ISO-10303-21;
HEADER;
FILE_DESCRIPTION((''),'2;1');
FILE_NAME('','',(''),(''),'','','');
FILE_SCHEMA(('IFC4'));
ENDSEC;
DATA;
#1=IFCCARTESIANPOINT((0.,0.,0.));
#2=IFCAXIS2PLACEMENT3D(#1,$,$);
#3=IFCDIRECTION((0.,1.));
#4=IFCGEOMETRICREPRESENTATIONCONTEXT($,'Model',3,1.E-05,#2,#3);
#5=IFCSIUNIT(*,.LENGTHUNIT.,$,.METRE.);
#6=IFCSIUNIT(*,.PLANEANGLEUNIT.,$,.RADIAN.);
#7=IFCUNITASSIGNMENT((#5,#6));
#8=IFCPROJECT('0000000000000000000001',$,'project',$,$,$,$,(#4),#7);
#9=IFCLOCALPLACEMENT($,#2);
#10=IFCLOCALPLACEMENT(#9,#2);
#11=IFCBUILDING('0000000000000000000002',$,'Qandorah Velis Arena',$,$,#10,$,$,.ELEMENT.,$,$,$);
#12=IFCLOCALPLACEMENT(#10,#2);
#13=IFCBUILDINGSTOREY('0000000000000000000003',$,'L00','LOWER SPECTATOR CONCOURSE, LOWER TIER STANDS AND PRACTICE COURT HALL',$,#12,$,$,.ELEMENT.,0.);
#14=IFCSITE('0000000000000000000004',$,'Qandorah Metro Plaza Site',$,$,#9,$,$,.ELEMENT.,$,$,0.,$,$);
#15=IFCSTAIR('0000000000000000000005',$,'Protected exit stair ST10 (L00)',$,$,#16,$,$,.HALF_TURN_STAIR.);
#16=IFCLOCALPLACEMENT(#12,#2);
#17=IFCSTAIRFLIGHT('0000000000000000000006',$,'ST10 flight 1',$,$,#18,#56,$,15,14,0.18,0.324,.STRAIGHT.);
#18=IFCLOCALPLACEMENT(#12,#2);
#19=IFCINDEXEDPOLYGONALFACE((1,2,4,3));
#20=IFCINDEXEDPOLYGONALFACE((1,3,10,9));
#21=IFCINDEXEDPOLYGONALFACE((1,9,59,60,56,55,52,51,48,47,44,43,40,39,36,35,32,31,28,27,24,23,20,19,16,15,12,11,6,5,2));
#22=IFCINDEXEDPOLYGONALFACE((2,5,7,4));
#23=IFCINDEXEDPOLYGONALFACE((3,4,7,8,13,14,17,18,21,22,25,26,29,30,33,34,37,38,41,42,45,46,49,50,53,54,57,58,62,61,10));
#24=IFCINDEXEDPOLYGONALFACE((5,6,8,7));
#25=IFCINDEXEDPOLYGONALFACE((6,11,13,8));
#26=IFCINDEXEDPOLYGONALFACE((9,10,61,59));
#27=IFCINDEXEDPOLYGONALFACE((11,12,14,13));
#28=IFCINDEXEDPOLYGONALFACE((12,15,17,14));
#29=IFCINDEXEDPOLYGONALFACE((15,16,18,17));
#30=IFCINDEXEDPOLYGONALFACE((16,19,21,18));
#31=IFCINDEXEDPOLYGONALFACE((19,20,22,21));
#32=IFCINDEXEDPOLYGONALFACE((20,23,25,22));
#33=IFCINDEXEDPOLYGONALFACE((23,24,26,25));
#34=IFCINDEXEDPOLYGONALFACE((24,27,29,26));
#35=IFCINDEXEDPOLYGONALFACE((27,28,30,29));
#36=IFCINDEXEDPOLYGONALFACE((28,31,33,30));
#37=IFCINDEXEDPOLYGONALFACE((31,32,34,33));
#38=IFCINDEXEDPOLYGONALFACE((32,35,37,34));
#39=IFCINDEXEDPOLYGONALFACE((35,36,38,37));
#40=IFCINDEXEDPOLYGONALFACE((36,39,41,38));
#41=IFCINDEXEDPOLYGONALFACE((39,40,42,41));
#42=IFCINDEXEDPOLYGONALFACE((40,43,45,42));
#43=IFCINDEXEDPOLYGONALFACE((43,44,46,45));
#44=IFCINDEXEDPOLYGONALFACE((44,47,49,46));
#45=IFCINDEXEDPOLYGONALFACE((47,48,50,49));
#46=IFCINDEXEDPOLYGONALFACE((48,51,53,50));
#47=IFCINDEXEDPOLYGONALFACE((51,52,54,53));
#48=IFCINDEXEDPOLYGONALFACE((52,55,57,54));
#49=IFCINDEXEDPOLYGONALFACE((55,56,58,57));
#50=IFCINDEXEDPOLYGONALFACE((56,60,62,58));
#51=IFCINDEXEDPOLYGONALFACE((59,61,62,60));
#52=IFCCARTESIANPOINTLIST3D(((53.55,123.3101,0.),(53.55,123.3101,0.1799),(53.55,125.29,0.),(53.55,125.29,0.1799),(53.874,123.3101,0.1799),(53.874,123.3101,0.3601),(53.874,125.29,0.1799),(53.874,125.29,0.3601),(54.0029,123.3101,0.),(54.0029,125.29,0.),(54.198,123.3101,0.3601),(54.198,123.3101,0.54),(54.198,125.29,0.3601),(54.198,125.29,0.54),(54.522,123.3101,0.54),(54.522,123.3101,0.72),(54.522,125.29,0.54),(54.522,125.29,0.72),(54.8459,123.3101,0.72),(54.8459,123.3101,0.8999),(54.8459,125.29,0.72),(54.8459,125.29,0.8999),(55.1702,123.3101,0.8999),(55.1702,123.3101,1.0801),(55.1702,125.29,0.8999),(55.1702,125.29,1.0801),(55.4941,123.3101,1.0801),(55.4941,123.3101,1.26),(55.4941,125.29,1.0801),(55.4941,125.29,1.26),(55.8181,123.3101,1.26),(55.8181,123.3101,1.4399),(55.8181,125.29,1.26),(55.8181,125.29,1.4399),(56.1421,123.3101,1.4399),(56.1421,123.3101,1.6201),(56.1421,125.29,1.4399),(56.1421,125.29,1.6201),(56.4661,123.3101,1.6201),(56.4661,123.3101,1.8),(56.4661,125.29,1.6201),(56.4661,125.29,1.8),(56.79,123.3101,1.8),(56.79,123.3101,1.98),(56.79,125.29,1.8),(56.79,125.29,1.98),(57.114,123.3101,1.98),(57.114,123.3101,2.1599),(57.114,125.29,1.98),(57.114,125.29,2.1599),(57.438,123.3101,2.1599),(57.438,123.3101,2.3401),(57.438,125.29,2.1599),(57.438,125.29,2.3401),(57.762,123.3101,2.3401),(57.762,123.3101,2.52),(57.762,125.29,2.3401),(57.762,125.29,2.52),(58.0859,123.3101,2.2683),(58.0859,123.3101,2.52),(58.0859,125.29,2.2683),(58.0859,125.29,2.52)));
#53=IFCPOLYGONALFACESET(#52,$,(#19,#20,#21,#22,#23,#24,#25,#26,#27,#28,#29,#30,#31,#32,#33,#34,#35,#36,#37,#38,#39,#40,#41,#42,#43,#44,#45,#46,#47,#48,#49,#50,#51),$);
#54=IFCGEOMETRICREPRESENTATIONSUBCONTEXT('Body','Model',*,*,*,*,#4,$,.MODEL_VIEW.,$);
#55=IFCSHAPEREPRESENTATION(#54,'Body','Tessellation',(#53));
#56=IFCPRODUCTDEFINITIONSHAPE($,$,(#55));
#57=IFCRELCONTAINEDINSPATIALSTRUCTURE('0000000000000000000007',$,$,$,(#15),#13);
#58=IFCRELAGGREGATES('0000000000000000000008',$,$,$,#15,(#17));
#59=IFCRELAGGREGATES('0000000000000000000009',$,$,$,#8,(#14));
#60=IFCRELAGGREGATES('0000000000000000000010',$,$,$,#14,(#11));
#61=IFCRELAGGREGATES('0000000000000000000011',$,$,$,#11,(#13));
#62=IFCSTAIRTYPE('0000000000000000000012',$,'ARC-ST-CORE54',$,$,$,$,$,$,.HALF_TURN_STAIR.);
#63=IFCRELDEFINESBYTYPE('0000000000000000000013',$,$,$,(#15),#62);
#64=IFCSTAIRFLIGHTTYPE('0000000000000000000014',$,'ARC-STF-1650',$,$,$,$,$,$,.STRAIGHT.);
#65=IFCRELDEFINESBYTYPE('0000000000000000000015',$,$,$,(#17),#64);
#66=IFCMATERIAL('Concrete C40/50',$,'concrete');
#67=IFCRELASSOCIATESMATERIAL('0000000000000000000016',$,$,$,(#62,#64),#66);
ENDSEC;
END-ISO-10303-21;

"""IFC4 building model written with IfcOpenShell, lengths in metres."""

from ifc_helpers import new_model, si_unit, direction, frame, origin, place, context, subcontext, project, spatial, polyline, outline, extrude, material, type_object, element, aggregate, save


model = new_model("IFC4")

# Units and contexts
model_context = context("Model", 3, precision=1e-05, world=origin(), true_north=direction((0.0, 1.0)))
body_context = subcontext(model_context, "Body", "Model", "MODEL_VIEW")
ifc_project = project(units=[si_unit("LENGTHUNIT", "METRE"), si_unit("PLANEANGLEUNIT", "RADIAN")], contexts=[model_context])

# Site, building, storey
site_placement = place(None, origin())
site = spatial("IfcSite", under=ifc_project, at=site_placement, Name="Qandorah Metro Plaza Site", CompositionType="ELEMENT", RefElevation=0.0)
building_placement = place(site_placement, origin())
building = spatial("IfcBuilding", under=site, at=building_placement, Name="Qandorah Velis Arena", CompositionType="ELEMENT")
storey_placement = place(building_placement, origin())
storey = spatial("IfcBuildingStorey", under=building, at=storey_placement, Name="L00", Description="LOWER SPECTATOR CONCOURSE, LOWER TIER STANDS AND PRACTICE COURT HALL", CompositionType="ELEMENT", Elevation=0.0)

# Shared definitions
ifc_material_1 = material(Name="Concrete C40/50", Category="concrete")

# Stair, stair flight
stair_type = type_object("IfcStairType", Name="ARC-ST-CORE54", PredefinedType="HALF_TURN_STAIR", material=ifc_material_1)
stair_placement = place(storey_placement, origin())
stair = element("IfcStair", 1, at=stair_placement, inside=storey, type_object=stair_type, Name="Protected exit stair ST10 (L00)", PredefinedType="HALF_TURN_STAIR")
stair_flight_type = type_object("IfcStairFlightType", Name="ARC-STF-1650", PredefinedType="STRAIGHT", material=ifc_material_1)
stair_flight_placement = place(storey_placement, frame((53.55, 124.3, 0.0), z_axis=(0.0, 0.0, 1.0), x_axis=(1.0, 0.0, 0.0)))
stair_flight = element("IfcStairFlight", 2, at=stair_flight_placement, type_object=stair_flight_type, Name="ST10 flight 1", NumberOfRisers=15, NumberOfTreads=14, PredefinedType="STRAIGHT", RiserHeight=0.18, TreadLength=0.324, context=body_context, shape_type="SweptSolid", body=[
    extrude(outline(polyline([(0.0, 0.0), (0.0, 0.1799), (0.324, 0.1799), (0.324, 0.3601), (0.6479, 0.3601), (0.6479, 0.54), (0.9719, 0.54), (0.9719, 0.72), (1.2959, 0.72), (1.2959, 0.8999), (1.6201, 0.8999), (1.6201, 1.0801), (1.9441, 1.0801), (1.9441, 1.26), (2.2681, 1.26), (2.2681, 1.4399), (2.592, 1.4399), (2.592, 1.6201), (2.916, 1.6201), (2.916, 1.8), (3.24, 1.8), (3.24, 1.98), (3.564, 1.98), (3.564, 2.1599), (3.8879, 2.1599), (3.8879, 2.3401), (4.2119, 2.3401), (4.2119, 2.52), (4.5359, 2.52), (4.5359, 2.7), (4.5359, 2.2683), (0.4529, 0.0), (0.0, 0.0)])), frame((0.0, 0.99, 0.0), z_axis=(0.0, -1.0, 0.0), x_axis=(1.0, 0.0, 0.0)), (0.0, 0.0, 1.0), 1.98),
])
aggregate(stair, [stair_flight])

save(model, "model.ifc")
